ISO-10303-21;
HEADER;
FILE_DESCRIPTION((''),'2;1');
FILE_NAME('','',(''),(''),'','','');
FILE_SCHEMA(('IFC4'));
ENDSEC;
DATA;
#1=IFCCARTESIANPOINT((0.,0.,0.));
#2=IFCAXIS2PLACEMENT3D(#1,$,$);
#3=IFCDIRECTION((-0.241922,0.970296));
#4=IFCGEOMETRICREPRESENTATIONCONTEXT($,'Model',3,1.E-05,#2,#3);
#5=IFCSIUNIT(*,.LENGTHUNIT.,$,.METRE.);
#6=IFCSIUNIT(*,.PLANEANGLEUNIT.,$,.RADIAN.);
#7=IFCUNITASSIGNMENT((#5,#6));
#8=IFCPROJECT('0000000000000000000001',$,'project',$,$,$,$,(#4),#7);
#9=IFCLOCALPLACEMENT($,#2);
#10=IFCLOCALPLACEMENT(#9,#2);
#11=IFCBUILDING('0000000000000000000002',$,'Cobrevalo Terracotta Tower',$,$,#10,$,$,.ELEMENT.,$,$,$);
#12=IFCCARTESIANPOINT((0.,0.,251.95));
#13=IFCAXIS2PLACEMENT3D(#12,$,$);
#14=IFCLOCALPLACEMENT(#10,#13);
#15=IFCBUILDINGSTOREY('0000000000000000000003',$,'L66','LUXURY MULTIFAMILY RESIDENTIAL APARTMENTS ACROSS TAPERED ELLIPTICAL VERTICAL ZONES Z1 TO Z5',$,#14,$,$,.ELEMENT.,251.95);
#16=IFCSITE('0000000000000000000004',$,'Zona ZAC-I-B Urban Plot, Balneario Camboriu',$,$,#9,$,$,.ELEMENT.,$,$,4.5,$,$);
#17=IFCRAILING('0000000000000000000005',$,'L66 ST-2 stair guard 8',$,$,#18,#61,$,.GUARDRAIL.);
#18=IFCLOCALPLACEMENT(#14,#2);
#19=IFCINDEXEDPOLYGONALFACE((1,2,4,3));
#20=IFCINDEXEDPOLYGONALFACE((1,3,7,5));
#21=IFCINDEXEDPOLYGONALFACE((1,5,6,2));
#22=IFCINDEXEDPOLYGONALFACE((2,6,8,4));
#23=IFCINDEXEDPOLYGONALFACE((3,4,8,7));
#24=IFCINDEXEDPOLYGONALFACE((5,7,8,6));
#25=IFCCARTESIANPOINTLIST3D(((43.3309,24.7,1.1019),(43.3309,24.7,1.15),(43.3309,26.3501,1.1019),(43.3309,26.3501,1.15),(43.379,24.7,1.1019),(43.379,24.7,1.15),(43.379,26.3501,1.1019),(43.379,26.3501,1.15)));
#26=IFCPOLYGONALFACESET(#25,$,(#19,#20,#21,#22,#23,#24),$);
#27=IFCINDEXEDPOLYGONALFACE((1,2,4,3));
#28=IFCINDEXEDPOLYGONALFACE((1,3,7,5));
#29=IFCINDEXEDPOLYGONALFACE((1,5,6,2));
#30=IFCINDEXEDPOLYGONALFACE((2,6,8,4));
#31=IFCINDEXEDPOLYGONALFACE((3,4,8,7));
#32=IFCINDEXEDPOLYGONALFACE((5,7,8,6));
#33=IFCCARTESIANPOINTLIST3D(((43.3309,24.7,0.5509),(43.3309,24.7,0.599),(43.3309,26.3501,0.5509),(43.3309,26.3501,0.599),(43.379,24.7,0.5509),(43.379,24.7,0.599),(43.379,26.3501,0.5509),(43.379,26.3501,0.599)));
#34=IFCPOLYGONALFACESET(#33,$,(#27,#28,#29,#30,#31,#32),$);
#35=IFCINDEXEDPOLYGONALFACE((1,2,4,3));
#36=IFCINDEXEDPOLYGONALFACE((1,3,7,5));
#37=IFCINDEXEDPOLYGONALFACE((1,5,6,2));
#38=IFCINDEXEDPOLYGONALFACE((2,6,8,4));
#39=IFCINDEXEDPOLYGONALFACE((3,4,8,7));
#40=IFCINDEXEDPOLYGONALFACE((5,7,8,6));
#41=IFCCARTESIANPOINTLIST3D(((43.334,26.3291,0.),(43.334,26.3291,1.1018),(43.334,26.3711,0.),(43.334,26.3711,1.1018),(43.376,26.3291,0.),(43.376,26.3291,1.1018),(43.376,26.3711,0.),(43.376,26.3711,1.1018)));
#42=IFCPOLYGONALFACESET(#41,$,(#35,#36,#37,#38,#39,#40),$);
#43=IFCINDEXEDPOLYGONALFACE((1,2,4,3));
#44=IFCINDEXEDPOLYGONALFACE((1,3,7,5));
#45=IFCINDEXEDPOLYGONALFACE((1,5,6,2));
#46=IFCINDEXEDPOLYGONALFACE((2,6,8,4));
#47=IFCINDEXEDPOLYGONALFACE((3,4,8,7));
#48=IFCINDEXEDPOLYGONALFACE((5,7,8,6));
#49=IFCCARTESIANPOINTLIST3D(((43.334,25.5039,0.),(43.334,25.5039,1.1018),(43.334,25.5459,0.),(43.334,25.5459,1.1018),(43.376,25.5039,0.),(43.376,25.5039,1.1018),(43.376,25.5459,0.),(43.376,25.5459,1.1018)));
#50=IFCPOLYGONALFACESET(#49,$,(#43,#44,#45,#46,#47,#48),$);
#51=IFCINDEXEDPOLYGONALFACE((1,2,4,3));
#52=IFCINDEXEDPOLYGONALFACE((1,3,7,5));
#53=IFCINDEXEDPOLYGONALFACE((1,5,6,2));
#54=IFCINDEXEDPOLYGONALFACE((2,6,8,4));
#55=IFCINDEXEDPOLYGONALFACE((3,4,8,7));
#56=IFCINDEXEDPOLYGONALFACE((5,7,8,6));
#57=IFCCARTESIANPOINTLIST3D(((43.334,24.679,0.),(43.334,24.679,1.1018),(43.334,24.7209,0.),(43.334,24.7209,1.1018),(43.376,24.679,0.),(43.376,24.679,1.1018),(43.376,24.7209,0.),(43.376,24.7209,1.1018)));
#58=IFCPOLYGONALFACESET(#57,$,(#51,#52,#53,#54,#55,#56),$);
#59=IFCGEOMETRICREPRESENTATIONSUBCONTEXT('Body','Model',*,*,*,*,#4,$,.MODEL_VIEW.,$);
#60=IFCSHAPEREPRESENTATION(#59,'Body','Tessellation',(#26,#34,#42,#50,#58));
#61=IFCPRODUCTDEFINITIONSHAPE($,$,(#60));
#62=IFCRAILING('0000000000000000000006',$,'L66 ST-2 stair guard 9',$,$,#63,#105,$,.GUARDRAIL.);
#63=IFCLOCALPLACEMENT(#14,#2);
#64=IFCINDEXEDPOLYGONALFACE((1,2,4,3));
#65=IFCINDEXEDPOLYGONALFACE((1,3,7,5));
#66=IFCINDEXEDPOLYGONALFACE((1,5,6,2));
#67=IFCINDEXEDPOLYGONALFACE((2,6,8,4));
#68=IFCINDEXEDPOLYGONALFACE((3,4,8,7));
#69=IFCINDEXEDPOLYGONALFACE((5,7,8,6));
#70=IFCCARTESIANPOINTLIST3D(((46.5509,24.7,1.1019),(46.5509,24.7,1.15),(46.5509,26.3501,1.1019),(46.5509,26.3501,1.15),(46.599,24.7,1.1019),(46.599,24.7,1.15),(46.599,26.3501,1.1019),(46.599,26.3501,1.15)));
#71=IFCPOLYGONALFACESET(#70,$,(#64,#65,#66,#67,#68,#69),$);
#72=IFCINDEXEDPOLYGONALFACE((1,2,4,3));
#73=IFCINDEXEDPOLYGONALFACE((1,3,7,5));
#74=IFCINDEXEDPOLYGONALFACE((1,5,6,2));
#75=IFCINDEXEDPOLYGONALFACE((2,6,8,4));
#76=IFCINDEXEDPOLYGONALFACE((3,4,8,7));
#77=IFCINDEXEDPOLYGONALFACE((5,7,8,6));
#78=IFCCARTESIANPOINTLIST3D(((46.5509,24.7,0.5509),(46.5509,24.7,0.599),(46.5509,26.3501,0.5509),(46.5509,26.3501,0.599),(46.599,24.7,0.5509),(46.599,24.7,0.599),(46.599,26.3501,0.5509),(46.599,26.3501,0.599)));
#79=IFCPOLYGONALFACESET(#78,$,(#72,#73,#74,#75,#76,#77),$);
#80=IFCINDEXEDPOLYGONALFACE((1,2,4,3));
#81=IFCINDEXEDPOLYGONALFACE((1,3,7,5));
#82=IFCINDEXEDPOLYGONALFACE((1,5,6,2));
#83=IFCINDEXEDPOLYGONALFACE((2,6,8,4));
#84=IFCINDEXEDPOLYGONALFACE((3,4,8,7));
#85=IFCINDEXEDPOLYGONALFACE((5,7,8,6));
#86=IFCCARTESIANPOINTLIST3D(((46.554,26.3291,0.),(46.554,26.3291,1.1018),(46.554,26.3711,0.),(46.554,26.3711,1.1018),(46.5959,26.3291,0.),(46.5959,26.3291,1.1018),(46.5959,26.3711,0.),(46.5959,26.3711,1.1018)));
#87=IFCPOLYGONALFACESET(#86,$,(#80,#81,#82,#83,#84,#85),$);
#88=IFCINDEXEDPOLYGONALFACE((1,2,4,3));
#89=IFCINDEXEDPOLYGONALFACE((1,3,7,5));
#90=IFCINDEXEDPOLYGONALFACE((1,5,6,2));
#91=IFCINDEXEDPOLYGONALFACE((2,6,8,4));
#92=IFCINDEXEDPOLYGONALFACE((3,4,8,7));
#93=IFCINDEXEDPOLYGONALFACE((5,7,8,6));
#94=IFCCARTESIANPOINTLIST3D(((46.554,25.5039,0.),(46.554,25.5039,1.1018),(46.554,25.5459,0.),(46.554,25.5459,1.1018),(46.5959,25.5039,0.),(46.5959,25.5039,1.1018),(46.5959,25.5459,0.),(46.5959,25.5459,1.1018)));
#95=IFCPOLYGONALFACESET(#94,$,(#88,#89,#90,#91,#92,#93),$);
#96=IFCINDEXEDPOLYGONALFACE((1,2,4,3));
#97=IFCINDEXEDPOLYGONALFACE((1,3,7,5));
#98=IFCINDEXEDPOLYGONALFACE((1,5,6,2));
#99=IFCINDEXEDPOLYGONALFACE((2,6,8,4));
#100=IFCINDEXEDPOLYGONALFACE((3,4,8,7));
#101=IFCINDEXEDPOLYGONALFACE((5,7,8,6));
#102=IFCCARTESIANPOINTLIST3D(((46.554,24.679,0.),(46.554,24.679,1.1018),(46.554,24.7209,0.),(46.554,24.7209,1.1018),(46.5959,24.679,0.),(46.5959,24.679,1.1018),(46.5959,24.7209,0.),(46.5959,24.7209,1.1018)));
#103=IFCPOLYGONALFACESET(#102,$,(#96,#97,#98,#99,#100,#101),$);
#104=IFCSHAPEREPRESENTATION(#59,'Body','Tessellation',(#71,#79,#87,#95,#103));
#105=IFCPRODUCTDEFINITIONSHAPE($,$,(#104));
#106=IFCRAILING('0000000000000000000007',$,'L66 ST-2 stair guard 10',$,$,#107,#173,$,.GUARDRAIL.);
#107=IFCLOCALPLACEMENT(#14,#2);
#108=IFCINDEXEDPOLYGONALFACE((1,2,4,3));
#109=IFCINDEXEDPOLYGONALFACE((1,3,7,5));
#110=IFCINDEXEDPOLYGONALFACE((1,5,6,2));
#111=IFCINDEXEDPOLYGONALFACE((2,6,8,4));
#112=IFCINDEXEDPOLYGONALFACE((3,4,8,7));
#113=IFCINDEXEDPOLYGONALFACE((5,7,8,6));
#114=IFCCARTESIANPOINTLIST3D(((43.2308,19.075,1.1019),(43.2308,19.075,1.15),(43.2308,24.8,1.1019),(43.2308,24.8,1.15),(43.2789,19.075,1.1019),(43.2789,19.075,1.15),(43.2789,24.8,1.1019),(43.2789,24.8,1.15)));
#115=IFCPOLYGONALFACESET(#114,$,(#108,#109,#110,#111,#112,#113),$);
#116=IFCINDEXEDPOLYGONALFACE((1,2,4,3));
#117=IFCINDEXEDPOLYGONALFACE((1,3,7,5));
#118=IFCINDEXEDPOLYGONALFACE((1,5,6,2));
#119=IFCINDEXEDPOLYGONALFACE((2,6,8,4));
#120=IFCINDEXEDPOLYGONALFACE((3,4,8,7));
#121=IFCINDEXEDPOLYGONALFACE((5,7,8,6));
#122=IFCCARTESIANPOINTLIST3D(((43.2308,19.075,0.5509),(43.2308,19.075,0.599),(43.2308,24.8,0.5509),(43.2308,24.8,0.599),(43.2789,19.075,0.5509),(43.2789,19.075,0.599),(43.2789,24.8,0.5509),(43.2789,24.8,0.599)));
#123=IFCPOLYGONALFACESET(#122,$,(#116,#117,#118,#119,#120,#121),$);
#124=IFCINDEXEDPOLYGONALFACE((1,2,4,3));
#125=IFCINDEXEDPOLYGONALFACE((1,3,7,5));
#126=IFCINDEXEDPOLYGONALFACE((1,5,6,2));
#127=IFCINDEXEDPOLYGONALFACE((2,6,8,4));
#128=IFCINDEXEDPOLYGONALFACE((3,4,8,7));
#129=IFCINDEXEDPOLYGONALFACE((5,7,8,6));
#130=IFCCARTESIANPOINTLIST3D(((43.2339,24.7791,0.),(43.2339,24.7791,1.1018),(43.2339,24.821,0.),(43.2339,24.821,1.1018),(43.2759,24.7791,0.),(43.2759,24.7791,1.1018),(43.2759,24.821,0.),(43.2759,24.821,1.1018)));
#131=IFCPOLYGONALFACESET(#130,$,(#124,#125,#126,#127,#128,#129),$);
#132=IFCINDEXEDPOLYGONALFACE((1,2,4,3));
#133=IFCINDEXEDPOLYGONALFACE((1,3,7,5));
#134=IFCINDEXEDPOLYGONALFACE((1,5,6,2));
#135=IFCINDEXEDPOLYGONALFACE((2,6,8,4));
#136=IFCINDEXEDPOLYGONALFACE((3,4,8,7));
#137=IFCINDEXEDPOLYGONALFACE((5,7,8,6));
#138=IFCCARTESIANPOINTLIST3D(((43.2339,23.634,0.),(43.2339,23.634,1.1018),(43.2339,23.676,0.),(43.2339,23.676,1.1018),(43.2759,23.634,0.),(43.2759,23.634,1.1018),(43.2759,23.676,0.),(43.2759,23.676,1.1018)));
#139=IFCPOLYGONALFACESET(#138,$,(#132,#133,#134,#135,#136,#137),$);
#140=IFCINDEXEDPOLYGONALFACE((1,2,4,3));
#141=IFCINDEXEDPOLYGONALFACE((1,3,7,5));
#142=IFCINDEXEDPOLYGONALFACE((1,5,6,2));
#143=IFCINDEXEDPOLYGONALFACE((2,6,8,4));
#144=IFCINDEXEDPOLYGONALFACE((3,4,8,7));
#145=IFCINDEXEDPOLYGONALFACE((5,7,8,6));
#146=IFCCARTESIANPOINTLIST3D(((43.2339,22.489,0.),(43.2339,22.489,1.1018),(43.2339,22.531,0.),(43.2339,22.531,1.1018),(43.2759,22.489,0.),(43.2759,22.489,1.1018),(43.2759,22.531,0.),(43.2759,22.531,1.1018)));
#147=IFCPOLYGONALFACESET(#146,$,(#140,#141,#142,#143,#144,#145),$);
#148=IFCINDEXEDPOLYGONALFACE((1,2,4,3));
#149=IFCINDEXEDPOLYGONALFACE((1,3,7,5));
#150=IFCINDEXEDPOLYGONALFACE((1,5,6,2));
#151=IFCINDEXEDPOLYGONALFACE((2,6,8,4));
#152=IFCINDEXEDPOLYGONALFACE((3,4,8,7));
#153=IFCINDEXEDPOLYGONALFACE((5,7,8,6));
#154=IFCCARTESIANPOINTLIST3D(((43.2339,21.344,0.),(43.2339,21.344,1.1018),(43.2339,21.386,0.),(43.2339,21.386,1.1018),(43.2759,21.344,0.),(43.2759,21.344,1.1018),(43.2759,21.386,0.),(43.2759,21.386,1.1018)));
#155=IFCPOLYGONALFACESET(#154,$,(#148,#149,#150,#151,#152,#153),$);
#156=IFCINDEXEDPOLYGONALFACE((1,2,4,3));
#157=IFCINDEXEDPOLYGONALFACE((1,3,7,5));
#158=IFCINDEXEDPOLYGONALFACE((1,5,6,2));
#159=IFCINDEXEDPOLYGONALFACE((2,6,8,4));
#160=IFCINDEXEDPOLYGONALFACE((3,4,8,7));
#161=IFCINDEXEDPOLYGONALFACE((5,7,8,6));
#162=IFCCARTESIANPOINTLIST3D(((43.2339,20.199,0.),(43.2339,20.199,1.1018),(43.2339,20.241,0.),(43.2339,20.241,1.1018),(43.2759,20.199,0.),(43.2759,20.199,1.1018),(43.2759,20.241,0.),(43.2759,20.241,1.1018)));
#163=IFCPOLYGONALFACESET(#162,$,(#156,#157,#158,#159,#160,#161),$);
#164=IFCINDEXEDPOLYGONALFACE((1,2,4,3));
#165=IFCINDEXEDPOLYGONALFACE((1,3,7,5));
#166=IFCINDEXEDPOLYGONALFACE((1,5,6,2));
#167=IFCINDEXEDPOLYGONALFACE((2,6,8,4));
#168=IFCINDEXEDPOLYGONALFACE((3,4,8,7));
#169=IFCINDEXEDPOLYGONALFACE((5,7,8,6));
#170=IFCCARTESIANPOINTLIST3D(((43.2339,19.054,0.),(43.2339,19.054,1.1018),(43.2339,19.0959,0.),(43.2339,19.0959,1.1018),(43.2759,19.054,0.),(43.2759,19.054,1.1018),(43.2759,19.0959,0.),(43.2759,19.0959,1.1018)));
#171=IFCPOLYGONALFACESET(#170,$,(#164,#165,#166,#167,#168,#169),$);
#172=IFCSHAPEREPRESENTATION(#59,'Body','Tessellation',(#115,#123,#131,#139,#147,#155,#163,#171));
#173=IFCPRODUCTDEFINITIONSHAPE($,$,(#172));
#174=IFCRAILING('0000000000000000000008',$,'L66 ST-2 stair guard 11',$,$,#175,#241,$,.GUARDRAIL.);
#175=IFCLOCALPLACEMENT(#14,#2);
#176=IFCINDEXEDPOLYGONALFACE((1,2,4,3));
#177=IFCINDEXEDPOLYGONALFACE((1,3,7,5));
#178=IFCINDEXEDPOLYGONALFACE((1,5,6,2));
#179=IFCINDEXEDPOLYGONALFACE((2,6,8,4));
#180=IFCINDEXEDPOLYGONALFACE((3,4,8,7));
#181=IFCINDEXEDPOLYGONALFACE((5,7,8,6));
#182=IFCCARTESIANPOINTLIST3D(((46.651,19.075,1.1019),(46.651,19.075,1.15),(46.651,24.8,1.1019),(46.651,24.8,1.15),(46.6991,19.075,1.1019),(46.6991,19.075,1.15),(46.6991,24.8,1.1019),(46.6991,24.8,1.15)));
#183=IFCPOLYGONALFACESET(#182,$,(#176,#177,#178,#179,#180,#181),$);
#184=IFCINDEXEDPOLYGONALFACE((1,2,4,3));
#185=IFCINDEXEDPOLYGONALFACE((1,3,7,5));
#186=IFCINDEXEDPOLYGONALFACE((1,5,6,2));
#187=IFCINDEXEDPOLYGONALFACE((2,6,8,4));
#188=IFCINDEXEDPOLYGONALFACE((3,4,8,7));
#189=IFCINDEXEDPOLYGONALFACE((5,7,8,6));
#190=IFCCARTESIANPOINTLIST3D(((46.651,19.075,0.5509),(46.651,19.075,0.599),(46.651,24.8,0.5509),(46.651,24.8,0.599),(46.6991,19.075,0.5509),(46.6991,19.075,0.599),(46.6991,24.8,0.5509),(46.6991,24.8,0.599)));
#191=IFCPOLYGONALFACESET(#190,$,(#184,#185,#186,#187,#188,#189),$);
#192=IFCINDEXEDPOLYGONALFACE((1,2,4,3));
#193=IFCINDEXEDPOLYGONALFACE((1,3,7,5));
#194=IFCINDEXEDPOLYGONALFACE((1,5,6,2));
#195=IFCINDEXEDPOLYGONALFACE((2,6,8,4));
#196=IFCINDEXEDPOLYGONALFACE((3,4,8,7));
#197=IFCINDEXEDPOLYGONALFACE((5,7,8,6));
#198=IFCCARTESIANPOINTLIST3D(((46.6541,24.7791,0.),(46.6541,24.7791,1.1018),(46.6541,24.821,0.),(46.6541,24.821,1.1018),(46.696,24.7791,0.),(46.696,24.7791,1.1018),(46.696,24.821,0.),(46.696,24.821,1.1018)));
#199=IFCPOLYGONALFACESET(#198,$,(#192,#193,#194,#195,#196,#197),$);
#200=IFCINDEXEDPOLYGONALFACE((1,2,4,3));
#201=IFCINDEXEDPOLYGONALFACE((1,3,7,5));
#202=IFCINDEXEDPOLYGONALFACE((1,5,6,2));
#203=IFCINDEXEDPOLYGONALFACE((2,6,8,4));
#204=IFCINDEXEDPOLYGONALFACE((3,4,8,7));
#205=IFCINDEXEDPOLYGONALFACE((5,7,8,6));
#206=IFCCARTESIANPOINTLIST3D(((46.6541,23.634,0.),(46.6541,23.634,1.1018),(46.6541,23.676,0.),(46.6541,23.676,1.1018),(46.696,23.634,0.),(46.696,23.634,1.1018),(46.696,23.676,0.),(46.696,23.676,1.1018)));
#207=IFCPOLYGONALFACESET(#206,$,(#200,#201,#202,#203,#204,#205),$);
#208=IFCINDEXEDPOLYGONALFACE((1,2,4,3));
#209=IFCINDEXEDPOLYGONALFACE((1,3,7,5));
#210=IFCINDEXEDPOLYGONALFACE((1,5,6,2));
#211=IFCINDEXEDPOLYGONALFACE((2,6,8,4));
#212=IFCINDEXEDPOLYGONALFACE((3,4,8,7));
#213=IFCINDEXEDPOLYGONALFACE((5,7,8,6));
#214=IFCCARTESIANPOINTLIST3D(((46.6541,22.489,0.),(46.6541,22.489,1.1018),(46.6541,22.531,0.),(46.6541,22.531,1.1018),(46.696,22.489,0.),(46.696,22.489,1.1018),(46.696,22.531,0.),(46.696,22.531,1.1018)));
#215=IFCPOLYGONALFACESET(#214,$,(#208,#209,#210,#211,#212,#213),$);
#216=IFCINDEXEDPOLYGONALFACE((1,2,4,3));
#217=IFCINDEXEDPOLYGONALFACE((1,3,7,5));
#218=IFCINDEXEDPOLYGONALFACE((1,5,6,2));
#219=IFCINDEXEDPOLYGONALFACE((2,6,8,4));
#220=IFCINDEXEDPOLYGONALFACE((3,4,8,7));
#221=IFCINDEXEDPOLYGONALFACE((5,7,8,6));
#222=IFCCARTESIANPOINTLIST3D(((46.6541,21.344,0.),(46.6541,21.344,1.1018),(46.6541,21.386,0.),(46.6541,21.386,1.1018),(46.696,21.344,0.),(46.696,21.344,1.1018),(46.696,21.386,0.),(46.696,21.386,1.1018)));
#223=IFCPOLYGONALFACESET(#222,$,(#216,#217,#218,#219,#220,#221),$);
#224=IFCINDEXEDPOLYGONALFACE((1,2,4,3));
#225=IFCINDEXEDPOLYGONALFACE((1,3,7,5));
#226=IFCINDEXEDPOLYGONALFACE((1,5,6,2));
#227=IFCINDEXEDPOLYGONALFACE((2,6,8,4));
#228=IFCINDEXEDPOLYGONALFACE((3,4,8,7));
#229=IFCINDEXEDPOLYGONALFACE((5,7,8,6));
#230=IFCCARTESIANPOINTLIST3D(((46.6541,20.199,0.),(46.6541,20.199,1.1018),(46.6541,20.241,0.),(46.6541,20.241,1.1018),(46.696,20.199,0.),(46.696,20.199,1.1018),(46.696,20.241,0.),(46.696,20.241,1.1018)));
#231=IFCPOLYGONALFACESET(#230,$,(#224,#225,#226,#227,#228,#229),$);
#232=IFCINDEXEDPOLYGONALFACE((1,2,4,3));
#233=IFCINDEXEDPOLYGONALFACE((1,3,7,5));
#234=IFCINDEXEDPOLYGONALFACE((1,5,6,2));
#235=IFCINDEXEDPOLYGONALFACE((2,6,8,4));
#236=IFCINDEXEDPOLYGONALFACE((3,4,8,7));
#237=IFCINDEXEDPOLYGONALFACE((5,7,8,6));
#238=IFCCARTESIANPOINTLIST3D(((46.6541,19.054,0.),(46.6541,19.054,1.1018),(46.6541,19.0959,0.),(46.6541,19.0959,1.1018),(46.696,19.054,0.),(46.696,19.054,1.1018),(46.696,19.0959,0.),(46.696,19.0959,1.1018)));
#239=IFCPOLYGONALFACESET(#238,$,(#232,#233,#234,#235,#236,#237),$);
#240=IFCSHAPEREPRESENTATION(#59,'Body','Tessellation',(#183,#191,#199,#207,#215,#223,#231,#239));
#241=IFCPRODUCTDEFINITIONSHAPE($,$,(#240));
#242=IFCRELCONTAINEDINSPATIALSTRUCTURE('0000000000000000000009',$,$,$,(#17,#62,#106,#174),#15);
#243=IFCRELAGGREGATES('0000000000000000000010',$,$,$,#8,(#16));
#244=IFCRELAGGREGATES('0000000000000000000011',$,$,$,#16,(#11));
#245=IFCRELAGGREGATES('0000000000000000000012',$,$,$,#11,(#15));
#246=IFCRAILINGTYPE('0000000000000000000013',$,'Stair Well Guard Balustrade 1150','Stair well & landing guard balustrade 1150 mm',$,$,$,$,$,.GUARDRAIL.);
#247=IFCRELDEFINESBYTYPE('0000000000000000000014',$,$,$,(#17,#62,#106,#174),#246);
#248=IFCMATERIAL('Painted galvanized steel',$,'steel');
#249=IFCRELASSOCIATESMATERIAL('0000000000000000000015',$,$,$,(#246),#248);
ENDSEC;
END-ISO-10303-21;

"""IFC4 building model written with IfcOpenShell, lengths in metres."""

from ifc_helpers import new_model, si_unit, direction, frame, origin, origin_2d, place, context, subcontext, project, spatial, rectangle, extrude, material, type_object, element, save


model = new_model("IFC4")

# Units and contexts
model_context = context("Model", 3, precision=1e-05, world=origin(), true_north=direction((-0.241922, 0.970296)))
body_context = subcontext(model_context, "Body", "Model", "MODEL_VIEW")
ifc_project = project(units=[si_unit("LENGTHUNIT", "METRE"), si_unit("PLANEANGLEUNIT", "RADIAN")], contexts=[model_context])

# Site, building, storey
site_placement = place(None, origin())
site = spatial("IfcSite", under=ifc_project, at=site_placement, Name="Zona ZAC-I-B Urban Plot, Balneario Camboriu", CompositionType="ELEMENT", RefElevation=4.5)
building_placement = place(site_placement, origin())
building = spatial("IfcBuilding", under=site, at=building_placement, Name="Cobrevalo Terracotta Tower", CompositionType="ELEMENT")
storey_placement = place(building_placement, frame((0.0, 0.0, 251.95)))
storey = spatial("IfcBuildingStorey", under=building, at=storey_placement, Name="L66", Description="LUXURY MULTIFAMILY RESIDENTIAL APARTMENTS ACROSS TAPERED ELLIPTICAL VERTICAL ZONES Z1 TO Z5", CompositionType="ELEMENT", Elevation=251.95)

# Railings
ifc_material_1 = material(Name="Painted galvanized steel", Category="steel")
railing_type = type_object("IfcRailingType", Name="Stair Well Guard Balustrade 1150", Description="Stair well & landing guard balustrade 1150 mm", PredefinedType="GUARDRAIL", material=ifc_material_1)
for number, where, name in (
    (1, (43.355, 26.3501, 0.0), "L66 ST-2 stair guard 8"),
    (2, (46.575, 26.3501, 0.0), "L66 ST-2 stair guard 9"),
):
    element("IfcRailing", number, at=place(storey_placement, frame(where)), inside=storey, type_object=railing_type, Name=name, PredefinedType="GUARDRAIL", context=body_context, shape_type="SweptSolid", body=[
        extrude(rectangle(XDim=0.0481, YDim=0.0481, at=origin_2d()), frame((0.0, 0.0, 1.126), z_axis=(0.0, -1.0, 0.0), x_axis=(1.0, 0.0, 0.0)), (0.0, 0.0, 1.0), 1.6501),
        extrude(rectangle(XDim=0.0481, YDim=0.0481, at=origin_2d()), frame((0.0, 0.0, 0.575), z_axis=(0.0, -1.0, 0.0), x_axis=(1.0, 0.0, 0.0)), (0.0, 0.0, 1.0), 1.6501),
        extrude(rectangle(XDim=0.042, YDim=0.042, at=origin_2d()), origin(), (0.0, 0.0, 1.0), 1.1018),
        extrude(rectangle(XDim=0.042, YDim=0.042, at=origin_2d()), frame((0.0, -0.8252, 0.0)), (0.0, 0.0, 1.0), 1.1018),
        extrude(rectangle(XDim=0.042, YDim=0.042, at=origin_2d()), frame((0.0, -1.6501, 0.0)), (0.0, 0.0, 1.0), 1.1018),
    ])
for number, where, name in (
    (3, (43.2549, 24.8, 0.0), "L66 ST-2 stair guard 10"),
    (4, (46.675, 24.8, 0.0), "L66 ST-2 stair guard 11"),
):
    element("IfcRailing", number, at=place(storey_placement, frame(where)), inside=storey, type_object=railing_type, Name=name, PredefinedType="GUARDRAIL", context=body_context, shape_type="SweptSolid", body=[
        extrude(rectangle(XDim=0.0481, YDim=0.0481, at=origin_2d()), frame((0.0, 0.0, 1.126), z_axis=(0.0, -1.0, 0.0), x_axis=(1.0, 0.0, 0.0)), (0.0, 0.0, 1.0), 5.7251),
        extrude(rectangle(XDim=0.0481, YDim=0.0481, at=origin_2d()), frame((0.0, 0.0, 0.575), z_axis=(0.0, -1.0, 0.0), x_axis=(1.0, 0.0, 0.0)), (0.0, 0.0, 1.0), 5.7251),
        extrude(rectangle(XDim=0.042, YDim=0.042, at=origin_2d()), origin(), (0.0, 0.0, 1.0), 1.1018),
        extrude(rectangle(XDim=0.042, YDim=0.042, at=origin_2d()), frame((0.0, -1.145, 0.0)), (0.0, 0.0, 1.0), 1.1018),
        extrude(rectangle(XDim=0.042, YDim=0.042, at=origin_2d()), frame((0.0, -2.29, 0.0)), (0.0, 0.0, 1.0), 1.1018),
        extrude(rectangle(XDim=0.042, YDim=0.042, at=origin_2d()), frame((0.0, -3.4351, 0.0)), (0.0, 0.0, 1.0), 1.1018),
        extrude(rectangle(XDim=0.042, YDim=0.042, at=origin_2d()), frame((0.0, -4.5801, 0.0)), (0.0, 0.0, 1.0), 1.1018),
        extrude(rectangle(XDim=0.042, YDim=0.042, at=origin_2d()), frame((0.0, -5.7251, 0.0)), (0.0, 0.0, 1.0), 1.1018),
    ])

save(model, "model.ifc")
